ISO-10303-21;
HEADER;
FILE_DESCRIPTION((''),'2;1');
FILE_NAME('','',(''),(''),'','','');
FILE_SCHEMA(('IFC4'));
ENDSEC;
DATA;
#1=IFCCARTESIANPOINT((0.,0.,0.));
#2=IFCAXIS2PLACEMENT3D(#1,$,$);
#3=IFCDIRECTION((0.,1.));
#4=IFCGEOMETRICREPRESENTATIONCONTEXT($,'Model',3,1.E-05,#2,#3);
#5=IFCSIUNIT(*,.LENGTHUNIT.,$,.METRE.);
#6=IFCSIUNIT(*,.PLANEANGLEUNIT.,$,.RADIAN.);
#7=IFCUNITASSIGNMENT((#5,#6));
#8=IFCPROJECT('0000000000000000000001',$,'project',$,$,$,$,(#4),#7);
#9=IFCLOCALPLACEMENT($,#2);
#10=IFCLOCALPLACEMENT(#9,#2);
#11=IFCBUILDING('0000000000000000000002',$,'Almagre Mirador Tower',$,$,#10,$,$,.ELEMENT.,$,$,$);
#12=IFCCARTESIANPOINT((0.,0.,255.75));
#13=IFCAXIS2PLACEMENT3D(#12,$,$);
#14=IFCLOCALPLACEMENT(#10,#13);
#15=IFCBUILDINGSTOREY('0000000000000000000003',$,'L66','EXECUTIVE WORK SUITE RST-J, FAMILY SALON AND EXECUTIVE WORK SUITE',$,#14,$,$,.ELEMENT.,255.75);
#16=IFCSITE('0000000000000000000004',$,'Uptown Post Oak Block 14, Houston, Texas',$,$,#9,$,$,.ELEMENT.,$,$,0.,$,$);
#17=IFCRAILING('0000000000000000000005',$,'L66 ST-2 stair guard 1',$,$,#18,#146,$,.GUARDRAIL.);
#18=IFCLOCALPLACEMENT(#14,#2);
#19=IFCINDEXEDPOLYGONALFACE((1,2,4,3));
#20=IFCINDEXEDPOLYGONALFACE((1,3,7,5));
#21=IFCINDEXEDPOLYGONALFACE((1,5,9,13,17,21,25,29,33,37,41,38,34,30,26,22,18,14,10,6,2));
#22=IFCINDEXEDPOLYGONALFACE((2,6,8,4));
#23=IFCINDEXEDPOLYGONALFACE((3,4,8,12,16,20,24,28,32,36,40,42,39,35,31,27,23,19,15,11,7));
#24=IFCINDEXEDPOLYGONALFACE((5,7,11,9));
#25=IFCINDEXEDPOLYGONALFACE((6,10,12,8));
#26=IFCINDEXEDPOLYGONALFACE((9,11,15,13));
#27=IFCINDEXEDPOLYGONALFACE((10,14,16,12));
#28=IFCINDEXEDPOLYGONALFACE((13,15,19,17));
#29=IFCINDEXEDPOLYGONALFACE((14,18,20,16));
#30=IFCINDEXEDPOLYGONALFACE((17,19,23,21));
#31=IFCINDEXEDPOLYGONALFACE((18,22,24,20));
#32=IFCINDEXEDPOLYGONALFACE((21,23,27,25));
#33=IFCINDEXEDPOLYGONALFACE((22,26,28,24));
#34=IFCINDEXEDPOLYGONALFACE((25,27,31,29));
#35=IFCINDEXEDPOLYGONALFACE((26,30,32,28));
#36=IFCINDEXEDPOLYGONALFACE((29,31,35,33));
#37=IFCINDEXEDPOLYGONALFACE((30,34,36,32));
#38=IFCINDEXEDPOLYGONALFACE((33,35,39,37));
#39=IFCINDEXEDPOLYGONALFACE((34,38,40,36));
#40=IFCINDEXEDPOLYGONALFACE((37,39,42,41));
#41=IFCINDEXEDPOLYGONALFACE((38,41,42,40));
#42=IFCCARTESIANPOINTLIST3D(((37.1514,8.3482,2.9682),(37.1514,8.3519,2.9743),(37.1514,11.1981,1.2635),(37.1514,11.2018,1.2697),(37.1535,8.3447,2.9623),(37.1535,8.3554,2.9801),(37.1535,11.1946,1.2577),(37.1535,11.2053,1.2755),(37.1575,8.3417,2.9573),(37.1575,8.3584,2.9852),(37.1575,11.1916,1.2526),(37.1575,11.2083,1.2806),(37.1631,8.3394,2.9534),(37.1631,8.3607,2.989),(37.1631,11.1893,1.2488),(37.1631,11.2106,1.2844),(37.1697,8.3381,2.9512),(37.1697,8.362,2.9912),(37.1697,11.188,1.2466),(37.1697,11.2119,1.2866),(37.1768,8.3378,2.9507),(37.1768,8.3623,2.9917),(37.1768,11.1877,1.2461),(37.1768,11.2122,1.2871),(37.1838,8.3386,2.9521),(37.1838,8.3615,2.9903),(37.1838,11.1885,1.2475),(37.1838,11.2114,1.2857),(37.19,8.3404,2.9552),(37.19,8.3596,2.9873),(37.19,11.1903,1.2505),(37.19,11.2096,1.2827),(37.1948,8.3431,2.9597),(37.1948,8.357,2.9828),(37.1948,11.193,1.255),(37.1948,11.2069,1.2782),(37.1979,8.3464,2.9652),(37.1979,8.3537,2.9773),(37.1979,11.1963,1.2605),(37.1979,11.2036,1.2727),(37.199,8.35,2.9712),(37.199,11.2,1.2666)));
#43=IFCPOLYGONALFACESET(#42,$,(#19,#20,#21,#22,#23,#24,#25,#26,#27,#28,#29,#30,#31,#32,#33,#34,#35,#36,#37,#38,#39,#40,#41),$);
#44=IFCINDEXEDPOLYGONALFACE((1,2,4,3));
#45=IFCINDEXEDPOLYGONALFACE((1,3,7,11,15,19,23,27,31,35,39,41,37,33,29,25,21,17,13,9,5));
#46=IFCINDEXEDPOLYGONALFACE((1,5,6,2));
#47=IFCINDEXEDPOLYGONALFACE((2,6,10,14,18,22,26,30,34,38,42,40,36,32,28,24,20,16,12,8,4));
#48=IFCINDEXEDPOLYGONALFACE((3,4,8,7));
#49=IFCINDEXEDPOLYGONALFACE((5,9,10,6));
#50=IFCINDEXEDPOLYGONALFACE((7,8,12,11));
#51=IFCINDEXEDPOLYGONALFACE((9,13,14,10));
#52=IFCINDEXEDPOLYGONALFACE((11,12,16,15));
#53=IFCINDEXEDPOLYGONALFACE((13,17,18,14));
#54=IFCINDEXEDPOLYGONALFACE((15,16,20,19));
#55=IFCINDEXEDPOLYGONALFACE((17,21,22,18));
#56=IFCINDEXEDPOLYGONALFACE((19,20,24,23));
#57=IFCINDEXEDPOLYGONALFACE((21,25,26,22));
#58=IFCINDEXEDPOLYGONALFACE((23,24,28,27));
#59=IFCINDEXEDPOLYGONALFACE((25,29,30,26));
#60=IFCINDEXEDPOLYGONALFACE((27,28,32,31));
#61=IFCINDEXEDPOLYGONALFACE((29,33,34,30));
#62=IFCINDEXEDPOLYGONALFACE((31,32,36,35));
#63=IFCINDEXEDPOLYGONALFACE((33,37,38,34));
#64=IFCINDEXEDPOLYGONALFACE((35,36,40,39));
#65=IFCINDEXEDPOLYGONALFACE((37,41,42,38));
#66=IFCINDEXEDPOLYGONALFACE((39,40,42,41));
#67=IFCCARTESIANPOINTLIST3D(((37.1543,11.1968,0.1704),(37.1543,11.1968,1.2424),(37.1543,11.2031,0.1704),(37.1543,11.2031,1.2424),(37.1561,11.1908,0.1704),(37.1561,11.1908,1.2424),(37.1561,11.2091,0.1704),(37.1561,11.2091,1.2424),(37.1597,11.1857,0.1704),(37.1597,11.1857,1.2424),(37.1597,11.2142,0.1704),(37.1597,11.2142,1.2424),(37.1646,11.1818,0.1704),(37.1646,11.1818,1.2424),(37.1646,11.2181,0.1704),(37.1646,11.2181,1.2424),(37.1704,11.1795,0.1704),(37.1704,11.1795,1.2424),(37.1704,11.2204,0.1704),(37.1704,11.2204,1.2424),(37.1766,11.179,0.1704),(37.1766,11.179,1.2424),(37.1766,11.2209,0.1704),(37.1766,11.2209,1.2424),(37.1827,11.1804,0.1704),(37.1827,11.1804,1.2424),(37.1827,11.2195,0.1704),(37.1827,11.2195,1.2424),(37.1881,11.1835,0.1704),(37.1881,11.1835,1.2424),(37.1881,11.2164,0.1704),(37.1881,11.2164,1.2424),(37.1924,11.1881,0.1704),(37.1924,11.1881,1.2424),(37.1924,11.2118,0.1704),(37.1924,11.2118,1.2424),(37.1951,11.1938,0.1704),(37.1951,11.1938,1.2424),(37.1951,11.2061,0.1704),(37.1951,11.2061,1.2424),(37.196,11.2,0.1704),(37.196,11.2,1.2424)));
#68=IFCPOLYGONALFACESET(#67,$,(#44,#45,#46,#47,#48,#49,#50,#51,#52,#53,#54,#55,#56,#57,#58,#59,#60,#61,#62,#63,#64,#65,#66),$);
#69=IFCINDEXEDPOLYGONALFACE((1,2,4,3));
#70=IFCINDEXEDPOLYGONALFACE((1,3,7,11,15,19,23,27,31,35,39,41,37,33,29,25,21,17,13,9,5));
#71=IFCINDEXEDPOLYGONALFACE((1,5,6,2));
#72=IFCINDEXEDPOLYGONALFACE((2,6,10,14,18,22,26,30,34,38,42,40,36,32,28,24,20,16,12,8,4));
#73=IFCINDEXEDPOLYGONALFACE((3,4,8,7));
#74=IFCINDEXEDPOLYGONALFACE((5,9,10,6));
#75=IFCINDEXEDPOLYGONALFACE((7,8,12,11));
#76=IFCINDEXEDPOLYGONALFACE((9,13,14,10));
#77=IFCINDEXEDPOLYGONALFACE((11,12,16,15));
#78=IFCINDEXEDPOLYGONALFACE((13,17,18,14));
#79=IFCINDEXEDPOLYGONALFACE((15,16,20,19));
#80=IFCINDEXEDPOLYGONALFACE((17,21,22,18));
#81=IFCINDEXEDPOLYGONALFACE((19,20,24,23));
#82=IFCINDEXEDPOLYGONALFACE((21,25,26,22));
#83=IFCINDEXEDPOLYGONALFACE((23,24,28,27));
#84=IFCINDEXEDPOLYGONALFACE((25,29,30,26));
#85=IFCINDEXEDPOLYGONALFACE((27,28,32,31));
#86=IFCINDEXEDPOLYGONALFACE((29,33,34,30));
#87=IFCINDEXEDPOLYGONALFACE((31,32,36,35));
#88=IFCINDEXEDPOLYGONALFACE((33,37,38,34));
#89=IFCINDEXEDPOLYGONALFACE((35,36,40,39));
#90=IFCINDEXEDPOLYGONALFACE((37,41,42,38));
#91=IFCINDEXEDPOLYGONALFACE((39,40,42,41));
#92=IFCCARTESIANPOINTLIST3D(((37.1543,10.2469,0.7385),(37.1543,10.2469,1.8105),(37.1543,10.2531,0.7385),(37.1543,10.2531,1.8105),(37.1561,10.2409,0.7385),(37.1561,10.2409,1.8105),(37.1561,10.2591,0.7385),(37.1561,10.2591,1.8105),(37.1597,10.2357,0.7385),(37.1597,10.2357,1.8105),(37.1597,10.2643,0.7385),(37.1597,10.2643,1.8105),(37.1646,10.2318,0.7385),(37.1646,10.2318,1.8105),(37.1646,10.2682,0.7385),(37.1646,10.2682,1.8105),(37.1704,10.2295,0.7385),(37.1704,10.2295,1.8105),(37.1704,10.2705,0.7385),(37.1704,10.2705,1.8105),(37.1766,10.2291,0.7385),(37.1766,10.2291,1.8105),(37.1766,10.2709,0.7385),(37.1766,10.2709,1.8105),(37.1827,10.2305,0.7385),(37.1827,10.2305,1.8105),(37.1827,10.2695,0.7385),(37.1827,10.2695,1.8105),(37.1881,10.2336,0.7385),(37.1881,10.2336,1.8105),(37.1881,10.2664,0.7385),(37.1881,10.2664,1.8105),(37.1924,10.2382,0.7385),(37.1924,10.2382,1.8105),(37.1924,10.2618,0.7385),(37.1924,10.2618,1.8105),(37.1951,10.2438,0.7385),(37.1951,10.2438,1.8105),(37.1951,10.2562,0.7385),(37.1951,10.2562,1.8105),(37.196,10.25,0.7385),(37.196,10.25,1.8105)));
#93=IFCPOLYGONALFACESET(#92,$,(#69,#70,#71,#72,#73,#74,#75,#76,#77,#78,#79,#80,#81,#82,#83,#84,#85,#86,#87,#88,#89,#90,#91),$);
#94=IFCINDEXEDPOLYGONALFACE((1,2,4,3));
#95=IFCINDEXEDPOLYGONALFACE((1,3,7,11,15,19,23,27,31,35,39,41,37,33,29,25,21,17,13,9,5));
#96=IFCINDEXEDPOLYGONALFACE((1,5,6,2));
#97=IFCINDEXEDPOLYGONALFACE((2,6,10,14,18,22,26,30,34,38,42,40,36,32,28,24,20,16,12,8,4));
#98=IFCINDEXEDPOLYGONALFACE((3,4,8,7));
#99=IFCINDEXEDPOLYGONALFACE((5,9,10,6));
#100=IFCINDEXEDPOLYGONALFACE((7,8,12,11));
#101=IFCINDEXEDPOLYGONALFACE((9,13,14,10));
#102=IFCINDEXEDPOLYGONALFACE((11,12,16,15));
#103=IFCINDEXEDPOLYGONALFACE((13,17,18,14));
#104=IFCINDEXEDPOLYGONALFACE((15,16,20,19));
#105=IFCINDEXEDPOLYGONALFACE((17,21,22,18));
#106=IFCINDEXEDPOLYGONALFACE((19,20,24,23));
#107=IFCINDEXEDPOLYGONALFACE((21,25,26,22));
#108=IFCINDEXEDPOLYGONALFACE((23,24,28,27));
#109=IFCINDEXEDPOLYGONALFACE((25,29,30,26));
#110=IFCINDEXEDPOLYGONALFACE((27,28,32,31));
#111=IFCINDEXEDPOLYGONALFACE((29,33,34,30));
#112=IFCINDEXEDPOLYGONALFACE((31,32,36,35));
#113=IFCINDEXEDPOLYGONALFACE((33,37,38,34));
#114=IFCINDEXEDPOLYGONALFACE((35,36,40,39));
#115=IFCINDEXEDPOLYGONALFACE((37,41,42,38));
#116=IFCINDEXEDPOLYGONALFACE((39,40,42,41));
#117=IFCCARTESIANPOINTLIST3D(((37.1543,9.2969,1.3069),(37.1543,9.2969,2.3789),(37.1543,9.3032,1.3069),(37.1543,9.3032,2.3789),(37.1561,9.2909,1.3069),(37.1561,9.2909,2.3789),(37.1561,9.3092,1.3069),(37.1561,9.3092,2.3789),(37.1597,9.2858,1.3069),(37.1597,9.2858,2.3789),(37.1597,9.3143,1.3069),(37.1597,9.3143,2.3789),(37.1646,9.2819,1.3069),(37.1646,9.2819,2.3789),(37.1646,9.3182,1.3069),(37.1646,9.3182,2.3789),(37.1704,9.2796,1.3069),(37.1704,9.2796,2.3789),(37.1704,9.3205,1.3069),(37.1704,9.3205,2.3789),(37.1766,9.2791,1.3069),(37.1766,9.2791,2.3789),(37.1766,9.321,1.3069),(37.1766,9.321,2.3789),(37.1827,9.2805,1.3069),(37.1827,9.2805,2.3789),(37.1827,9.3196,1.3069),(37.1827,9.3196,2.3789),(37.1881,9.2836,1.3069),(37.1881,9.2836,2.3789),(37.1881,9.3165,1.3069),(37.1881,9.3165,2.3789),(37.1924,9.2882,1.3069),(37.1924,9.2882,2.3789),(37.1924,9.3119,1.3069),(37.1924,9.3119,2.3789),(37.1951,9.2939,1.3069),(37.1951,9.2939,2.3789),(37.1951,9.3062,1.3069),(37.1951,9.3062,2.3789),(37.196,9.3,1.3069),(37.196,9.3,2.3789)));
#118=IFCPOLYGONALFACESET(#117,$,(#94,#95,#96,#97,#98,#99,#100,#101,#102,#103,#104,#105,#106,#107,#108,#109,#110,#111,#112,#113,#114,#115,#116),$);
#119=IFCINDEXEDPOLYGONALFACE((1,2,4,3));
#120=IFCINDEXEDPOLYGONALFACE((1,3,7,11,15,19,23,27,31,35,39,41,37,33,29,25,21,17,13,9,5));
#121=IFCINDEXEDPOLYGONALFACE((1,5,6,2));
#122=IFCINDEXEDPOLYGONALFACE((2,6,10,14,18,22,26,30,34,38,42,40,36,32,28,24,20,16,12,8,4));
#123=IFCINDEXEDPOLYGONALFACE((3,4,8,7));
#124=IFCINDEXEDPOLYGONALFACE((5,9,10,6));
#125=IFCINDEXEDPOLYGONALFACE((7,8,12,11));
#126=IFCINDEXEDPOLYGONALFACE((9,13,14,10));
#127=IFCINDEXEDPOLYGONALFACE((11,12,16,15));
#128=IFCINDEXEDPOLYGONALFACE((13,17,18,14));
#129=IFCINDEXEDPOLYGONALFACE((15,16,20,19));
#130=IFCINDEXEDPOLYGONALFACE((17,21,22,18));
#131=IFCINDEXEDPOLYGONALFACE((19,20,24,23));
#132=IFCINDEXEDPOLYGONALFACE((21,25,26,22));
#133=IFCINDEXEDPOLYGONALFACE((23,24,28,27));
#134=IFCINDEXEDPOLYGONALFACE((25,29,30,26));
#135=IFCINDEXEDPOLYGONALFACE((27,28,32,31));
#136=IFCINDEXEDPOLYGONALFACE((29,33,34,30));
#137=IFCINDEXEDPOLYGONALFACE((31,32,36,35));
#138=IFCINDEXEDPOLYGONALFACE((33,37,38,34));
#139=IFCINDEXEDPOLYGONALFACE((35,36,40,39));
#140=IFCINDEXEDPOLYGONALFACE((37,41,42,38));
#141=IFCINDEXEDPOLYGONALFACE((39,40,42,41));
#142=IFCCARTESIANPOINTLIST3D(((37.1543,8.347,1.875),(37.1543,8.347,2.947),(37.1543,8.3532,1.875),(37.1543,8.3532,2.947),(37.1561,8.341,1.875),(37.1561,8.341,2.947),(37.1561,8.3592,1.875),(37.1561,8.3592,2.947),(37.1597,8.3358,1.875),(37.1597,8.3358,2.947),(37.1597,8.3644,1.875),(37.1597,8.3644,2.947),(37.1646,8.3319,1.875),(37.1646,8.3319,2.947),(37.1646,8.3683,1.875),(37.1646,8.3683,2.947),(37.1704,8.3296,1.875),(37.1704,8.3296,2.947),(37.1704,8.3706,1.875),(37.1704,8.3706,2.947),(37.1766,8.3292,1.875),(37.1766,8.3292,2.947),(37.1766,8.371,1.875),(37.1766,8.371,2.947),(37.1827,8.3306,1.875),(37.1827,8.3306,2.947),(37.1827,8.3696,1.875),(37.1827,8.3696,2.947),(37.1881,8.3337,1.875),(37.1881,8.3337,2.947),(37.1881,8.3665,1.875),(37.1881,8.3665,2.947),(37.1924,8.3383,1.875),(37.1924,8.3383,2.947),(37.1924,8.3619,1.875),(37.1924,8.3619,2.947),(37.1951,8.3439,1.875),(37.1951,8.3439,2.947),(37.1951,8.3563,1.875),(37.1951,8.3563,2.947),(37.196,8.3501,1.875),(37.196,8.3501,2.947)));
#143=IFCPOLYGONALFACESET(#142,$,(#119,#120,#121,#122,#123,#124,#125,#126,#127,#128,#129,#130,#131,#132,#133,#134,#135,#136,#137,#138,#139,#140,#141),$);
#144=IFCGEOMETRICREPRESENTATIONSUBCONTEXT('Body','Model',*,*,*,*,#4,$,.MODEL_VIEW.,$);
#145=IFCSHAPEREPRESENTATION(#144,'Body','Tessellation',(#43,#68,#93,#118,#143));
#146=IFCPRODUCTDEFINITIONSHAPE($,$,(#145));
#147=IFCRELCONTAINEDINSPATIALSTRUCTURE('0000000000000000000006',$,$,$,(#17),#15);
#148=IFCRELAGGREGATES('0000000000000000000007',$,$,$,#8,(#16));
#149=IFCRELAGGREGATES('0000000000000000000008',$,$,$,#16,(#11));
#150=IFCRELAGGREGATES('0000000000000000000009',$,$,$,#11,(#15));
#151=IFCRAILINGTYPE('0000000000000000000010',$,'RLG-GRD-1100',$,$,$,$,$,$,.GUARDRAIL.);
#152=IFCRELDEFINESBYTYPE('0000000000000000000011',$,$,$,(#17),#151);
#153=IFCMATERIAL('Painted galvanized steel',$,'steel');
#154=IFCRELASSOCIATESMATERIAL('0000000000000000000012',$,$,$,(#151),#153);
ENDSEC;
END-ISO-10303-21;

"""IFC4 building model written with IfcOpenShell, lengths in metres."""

from ifc_helpers import new_model, si_unit, direction, frame, origin, origin_2d, place, context, subcontext, project, spatial, circle, extrude, material, type_object, element, save


model = new_model("IFC4")

# Units and contexts
model_context = context("Model", 3, precision=1e-05, world=origin(), true_north=direction((0.0, 1.0)))
body_context = subcontext(model_context, "Body", "Model", "MODEL_VIEW")
ifc_project = project(units=[si_unit("LENGTHUNIT", "METRE"), si_unit("PLANEANGLEUNIT", "RADIAN")], contexts=[model_context])

# Site, building, storey
site_placement = place(None, origin())
site = spatial("IfcSite", under=ifc_project, at=site_placement, Name="Uptown Post Oak Block 14, Houston, Texas", CompositionType="ELEMENT", RefElevation=0.0)
building_placement = place(site_placement, origin())
building = spatial("IfcBuilding", under=site, at=building_placement, Name="Almagre Mirador Tower", CompositionType="ELEMENT")
storey_placement = place(building_placement, frame((0.0, 0.0, 255.75)))
storey = spatial("IfcBuildingStorey", under=building, at=storey_placement, Name="L66", Description="EXECUTIVE WORK SUITE RST-J, FAMILY SALON AND EXECUTIVE WORK SUITE", CompositionType="ELEMENT", Elevation=255.75)

# Railing
ifc_material_1 = material(Name="Painted galvanized steel", Category="steel")
railing_type_1 = type_object("IfcRailingType", Name="RLG-GRD-1100", PredefinedType="GUARDRAIL", material=ifc_material_1)
railing_1_placement = place(storey_placement, frame((37.175, 11.2, 0.1704)))
element("IfcRailing", 1, at=railing_1_placement, inside=storey, type_object=railing_type_1, Name="L66 ST-2 stair guard 1", PredefinedType="GUARDRAIL", context=body_context, shape_type="SweptSolid", body=[
    extrude(circle(Radius=0.0239, at=origin_2d()), frame((0.0, 0.0, 1.0962), z_axis=(0.0, -0.858199, 0.513317), x_axis=(1.0, 0.0, 0.0)), (0.0, 0.0, 1.0), 3.3208),
    extrude(circle(Radius=0.021, at=origin_2d()), origin(), (0.0, 0.0, 1.0), 1.072),
    extrude(circle(Radius=0.021, at=origin_2d()), frame((0.0, -0.95, 0.5681)), (0.0, 0.0, 1.0), 1.072),
    extrude(circle(Radius=0.021, at=origin_2d()), frame((0.0, -1.8999, 1.1365)), (0.0, 0.0, 1.0), 1.072),
    extrude(circle(Radius=0.021, at=origin_2d()), frame((0.0, -2.8499, 1.7046)), (0.0, 0.0, 1.0), 1.072),
])

save(model, "model.ifc")
